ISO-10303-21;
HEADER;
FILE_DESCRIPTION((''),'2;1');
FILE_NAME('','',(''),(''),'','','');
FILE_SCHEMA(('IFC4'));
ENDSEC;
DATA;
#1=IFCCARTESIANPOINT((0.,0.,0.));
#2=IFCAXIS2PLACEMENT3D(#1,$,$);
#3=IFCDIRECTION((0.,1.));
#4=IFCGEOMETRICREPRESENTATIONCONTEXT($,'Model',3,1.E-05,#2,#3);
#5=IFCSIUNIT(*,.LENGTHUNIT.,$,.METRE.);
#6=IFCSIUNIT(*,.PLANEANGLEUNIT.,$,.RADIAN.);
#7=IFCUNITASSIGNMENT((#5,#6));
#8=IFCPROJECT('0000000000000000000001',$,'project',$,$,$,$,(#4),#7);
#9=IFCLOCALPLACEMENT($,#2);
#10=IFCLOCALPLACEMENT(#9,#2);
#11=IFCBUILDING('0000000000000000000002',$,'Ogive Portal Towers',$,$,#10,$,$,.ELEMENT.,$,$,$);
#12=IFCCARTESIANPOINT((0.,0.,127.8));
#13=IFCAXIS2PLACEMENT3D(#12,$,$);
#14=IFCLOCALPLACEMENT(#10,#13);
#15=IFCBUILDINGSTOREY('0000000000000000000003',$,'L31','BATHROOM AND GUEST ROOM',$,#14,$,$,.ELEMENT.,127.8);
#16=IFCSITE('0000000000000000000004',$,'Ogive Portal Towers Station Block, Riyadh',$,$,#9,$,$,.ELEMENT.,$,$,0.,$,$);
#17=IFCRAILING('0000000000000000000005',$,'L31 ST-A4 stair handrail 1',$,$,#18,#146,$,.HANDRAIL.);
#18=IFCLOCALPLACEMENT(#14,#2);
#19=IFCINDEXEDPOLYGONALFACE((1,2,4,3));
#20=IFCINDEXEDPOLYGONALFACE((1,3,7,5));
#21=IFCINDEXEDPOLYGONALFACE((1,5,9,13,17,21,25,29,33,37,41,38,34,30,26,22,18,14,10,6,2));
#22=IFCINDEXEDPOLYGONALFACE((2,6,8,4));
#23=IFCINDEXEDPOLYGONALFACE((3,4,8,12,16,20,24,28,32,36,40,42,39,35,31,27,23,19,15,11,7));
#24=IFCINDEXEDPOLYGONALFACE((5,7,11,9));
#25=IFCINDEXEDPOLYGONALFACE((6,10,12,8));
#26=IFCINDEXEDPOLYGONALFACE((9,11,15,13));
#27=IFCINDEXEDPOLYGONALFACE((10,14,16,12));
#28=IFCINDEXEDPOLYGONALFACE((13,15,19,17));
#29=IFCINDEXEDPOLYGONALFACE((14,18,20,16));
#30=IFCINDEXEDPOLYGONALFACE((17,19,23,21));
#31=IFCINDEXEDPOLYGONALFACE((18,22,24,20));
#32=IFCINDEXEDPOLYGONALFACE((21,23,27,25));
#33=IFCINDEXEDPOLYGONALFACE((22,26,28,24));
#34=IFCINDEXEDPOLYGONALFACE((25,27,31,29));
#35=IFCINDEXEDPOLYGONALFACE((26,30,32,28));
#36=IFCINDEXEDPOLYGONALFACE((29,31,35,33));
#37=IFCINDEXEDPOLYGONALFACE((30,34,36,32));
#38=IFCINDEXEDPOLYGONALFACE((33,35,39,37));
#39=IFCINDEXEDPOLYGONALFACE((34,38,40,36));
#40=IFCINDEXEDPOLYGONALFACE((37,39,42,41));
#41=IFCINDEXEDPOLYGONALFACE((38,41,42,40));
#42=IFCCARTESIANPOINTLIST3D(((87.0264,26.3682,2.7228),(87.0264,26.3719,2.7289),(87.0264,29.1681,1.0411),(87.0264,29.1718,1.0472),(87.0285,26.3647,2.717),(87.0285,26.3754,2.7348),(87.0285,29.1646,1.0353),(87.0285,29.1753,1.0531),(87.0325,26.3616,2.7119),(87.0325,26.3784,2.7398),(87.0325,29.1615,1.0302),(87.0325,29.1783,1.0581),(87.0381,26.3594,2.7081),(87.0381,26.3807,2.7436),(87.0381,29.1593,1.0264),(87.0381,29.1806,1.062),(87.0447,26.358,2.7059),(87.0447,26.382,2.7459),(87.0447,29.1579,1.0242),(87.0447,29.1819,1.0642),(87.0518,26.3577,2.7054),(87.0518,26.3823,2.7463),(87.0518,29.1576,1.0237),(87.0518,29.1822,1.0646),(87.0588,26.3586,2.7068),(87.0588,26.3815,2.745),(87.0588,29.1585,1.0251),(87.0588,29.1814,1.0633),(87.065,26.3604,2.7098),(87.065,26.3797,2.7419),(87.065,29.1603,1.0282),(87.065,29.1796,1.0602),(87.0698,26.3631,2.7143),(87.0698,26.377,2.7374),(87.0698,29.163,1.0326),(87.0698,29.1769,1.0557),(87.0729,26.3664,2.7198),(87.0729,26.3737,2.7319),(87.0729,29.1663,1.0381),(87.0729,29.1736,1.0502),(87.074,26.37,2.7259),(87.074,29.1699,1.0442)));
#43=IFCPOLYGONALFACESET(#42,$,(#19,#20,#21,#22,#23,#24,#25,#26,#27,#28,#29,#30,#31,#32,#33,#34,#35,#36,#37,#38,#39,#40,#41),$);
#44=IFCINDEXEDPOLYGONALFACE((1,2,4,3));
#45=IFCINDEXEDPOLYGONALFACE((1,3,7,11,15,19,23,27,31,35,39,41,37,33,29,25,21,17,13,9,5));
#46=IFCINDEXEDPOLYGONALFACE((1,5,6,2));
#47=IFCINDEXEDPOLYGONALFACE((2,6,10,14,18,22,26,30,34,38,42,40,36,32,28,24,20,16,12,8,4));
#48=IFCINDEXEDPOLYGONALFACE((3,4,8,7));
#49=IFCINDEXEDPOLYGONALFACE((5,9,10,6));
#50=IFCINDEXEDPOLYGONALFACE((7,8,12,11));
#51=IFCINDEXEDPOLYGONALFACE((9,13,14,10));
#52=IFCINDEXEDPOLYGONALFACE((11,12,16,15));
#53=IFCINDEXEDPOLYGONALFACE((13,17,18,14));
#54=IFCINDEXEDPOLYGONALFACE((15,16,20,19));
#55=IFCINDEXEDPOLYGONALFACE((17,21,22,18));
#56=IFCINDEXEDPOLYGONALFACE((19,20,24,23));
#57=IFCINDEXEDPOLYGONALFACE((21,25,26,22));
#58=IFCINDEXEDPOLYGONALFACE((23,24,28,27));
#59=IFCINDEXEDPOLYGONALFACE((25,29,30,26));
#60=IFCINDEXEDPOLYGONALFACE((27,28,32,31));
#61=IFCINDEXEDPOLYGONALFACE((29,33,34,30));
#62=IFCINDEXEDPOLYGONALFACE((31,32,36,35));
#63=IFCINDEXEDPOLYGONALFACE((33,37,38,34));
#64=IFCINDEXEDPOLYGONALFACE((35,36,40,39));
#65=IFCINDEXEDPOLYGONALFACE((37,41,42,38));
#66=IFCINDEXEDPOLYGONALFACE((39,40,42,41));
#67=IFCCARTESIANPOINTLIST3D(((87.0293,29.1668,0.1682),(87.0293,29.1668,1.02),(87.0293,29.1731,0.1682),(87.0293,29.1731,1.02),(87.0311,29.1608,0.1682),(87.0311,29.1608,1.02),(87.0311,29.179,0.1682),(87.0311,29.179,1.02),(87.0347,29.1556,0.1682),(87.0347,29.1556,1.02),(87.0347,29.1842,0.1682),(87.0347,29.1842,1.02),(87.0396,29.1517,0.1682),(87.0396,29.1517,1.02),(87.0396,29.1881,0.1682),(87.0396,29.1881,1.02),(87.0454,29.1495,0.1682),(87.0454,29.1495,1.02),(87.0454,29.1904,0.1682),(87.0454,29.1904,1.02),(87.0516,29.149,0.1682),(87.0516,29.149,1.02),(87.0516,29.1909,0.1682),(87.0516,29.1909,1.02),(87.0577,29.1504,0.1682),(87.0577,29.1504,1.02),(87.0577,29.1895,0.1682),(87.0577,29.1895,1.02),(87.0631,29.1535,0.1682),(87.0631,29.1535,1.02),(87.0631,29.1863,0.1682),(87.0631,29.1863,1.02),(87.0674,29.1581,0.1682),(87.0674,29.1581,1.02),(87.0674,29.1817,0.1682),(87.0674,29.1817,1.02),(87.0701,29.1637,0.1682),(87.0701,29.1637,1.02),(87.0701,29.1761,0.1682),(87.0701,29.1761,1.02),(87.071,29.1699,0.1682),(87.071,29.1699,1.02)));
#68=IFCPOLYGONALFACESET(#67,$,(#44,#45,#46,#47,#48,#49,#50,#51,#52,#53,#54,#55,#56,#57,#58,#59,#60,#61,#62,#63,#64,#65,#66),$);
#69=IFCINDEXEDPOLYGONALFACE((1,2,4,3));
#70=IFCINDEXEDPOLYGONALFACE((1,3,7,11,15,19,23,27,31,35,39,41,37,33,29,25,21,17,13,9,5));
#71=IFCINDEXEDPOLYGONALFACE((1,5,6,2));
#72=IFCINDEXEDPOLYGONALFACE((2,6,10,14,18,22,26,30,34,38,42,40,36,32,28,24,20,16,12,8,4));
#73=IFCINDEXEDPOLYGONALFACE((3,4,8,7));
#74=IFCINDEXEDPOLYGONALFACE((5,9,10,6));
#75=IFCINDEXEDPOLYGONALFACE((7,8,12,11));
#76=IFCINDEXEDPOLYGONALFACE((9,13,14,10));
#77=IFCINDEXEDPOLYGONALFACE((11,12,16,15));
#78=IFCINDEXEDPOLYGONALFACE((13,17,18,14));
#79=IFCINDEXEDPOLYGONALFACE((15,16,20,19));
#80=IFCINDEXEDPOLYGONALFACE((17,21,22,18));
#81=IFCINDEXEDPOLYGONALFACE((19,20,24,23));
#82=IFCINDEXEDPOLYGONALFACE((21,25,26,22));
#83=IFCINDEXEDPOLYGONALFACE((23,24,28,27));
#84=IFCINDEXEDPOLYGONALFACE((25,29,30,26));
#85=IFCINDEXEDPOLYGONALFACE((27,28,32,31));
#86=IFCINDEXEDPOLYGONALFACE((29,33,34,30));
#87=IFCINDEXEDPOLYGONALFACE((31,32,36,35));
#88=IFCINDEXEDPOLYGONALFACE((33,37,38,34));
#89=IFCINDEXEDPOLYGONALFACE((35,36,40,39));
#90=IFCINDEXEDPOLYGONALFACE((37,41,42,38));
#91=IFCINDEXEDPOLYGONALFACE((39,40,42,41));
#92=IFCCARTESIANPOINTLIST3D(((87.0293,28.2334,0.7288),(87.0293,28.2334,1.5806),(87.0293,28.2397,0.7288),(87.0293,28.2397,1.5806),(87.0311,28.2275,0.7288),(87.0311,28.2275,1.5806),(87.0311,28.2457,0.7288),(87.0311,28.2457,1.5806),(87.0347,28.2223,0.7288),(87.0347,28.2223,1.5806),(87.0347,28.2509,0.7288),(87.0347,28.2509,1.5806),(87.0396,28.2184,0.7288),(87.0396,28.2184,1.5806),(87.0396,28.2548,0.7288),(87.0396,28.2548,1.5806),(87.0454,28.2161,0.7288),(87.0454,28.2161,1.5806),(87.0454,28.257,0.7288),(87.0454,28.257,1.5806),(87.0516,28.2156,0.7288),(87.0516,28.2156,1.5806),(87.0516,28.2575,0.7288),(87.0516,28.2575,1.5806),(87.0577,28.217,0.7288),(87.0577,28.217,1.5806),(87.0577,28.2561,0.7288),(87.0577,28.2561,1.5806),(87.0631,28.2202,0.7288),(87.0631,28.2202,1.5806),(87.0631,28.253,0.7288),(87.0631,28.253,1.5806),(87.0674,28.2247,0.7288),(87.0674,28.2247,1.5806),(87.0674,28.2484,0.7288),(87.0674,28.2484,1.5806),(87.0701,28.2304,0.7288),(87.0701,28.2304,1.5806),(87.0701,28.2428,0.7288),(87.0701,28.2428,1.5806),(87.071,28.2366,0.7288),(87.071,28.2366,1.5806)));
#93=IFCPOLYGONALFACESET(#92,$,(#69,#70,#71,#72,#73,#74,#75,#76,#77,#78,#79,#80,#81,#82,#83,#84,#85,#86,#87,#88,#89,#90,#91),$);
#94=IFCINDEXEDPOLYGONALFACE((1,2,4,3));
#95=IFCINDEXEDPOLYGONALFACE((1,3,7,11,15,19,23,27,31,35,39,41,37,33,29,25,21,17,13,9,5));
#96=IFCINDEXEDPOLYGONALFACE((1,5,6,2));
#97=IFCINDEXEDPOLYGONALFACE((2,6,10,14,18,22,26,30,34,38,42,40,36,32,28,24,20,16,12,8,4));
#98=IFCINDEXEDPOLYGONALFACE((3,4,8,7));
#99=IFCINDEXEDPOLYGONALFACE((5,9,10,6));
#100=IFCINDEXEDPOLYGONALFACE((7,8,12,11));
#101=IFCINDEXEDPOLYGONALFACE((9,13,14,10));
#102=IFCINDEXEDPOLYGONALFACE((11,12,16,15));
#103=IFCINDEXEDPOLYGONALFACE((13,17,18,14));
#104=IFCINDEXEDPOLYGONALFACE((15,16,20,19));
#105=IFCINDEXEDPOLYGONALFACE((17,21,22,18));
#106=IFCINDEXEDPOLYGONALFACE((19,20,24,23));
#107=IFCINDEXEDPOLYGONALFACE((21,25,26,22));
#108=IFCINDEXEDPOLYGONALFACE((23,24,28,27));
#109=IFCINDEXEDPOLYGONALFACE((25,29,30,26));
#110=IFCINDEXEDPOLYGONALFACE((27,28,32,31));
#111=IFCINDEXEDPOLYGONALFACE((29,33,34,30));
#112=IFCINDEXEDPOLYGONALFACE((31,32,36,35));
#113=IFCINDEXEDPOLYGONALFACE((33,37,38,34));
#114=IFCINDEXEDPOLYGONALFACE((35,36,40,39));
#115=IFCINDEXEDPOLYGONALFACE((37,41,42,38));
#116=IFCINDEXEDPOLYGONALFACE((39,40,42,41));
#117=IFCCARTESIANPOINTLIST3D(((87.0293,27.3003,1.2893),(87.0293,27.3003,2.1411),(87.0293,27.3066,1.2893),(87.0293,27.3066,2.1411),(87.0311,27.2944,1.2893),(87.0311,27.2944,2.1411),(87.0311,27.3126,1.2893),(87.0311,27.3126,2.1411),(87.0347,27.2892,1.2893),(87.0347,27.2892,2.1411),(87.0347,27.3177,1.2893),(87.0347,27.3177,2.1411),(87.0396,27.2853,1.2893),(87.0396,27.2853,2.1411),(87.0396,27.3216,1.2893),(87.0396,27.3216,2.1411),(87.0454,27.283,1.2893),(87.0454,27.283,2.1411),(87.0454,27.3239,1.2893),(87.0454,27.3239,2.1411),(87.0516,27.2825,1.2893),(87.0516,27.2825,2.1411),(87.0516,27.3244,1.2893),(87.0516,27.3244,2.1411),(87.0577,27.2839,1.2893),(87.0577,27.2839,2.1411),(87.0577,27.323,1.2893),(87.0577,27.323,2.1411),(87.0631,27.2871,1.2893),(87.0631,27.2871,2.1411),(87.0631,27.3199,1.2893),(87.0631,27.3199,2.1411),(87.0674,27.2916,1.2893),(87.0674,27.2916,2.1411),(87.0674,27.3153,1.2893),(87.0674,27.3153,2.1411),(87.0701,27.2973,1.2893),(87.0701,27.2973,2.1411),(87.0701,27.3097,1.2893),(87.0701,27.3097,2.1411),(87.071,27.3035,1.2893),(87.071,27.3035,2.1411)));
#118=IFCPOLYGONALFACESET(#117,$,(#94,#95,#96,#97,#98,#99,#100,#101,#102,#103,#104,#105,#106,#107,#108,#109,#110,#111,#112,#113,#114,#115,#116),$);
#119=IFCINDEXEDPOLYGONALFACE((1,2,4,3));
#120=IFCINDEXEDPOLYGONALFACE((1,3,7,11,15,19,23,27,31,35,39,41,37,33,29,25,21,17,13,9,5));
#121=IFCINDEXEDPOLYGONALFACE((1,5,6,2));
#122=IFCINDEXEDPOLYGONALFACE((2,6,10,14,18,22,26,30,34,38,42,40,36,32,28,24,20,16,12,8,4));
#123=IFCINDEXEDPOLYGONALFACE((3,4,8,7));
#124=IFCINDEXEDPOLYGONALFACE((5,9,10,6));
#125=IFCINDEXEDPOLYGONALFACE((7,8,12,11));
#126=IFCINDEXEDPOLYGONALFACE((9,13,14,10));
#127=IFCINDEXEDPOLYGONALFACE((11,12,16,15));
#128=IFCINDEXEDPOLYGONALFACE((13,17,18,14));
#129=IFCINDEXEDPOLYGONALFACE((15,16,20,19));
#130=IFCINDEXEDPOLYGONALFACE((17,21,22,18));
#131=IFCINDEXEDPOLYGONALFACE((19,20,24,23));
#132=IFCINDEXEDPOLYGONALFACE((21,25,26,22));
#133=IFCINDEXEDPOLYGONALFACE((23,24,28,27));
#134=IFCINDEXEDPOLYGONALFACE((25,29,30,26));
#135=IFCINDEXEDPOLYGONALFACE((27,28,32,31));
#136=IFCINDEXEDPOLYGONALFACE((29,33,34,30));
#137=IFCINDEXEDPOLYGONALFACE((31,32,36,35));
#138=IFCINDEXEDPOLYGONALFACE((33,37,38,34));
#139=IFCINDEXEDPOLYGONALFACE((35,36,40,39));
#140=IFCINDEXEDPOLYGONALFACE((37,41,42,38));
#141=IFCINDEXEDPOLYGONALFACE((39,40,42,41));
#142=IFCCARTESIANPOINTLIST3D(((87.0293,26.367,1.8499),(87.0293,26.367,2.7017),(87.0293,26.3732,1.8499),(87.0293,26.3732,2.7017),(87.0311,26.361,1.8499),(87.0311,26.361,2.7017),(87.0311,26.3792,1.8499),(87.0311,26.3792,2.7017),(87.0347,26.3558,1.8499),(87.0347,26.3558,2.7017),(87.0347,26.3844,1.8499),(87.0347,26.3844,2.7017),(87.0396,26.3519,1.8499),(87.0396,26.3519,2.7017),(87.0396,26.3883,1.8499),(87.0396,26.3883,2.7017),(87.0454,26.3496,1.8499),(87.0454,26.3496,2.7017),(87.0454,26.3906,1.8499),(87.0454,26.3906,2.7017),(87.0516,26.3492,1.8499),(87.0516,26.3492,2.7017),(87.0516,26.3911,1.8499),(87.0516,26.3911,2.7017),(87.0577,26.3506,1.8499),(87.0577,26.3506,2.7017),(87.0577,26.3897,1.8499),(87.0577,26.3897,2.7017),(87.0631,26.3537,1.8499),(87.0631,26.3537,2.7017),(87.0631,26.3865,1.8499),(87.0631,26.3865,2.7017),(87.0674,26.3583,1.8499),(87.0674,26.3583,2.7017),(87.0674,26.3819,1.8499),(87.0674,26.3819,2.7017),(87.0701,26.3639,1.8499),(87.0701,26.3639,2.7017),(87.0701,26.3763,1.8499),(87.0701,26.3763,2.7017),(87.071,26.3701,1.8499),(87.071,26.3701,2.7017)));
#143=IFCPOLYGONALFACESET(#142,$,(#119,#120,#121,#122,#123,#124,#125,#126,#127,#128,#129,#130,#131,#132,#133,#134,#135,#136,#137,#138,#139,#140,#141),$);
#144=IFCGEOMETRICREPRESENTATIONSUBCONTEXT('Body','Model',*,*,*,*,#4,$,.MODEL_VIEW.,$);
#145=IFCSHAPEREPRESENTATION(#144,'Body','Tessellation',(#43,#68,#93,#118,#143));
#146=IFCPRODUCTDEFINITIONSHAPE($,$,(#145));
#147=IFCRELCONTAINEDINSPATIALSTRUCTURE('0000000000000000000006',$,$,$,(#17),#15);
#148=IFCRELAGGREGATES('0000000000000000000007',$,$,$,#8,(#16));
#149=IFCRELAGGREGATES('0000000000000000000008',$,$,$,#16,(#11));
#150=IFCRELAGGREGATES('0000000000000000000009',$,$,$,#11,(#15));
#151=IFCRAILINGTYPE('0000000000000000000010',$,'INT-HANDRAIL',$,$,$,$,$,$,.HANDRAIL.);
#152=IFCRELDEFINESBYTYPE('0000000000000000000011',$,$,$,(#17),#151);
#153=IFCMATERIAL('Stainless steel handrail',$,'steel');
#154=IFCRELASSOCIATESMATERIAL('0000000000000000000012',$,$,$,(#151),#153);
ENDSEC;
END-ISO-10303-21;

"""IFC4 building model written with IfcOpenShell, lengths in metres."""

from ifc_helpers import new_model, si_unit, direction, frame, origin, origin_2d, place, context, subcontext, project, spatial, circle, extrude, material, type_object, element, save


model = new_model("IFC4")

# Units and contexts
model_context = context("Model", 3, precision=1e-05, world=origin(), true_north=direction((0.0, 1.0)))
body_context = subcontext(model_context, "Body", "Model", "MODEL_VIEW")
ifc_project = project(units=[si_unit("LENGTHUNIT", "METRE"), si_unit("PLANEANGLEUNIT", "RADIAN")], contexts=[model_context])

# Site, building, storey
site_placement = place(None, origin())
site = spatial("IfcSite", under=ifc_project, at=site_placement, Name="Ogive Portal Towers Station Block, Riyadh", CompositionType="ELEMENT", RefElevation=0.0)
building_placement = place(site_placement, origin())
building = spatial("IfcBuilding", under=site, at=building_placement, Name="Ogive Portal Towers", CompositionType="ELEMENT")
storey_placement = place(building_placement, frame((0.0, 0.0, 127.8)))
storey = spatial("IfcBuildingStorey", under=building, at=storey_placement, Name="L31", Description="BATHROOM AND GUEST ROOM", CompositionType="ELEMENT", Elevation=127.8)

# Railing
ifc_material_1 = material(Name="Stainless steel handrail", Category="steel")
railing_type_1 = type_object("IfcRailingType", Name="INT-HANDRAIL", PredefinedType="HANDRAIL", material=ifc_material_1)
railing_1_placement = place(storey_placement, frame((87.05, 29.1699, 0.1682)))
element("IfcRailing", 1, at=railing_1_placement, inside=storey, type_object=railing_type_1, Name="L31 ST-A4 stair handrail 1", PredefinedType="HANDRAIL", context=body_context, shape_type="SweptSolid", body=[
    extrude(circle(Radius=0.0239, at=origin_2d()), frame((0.0, 0.0, 0.876), z_axis=(0.0, -0.857255, 0.514891), x_axis=(1.0, 0.0, 0.0)), (0.0, 0.0, 1.0), 3.2661),
    extrude(circle(Radius=0.021, at=origin_2d()), origin(), (0.0, 0.0, 1.0), 0.8518),
    extrude(circle(Radius=0.021, at=origin_2d()), frame((0.0, -0.9333, 0.5605)), (0.0, 0.0, 1.0), 0.8518),
    extrude(circle(Radius=0.021, at=origin_2d()), frame((0.0, -1.8665, 1.1211)), (0.0, 0.0, 1.0), 0.8518),
    extrude(circle(Radius=0.021, at=origin_2d()), frame((0.0, -2.7998, 1.6816)), (0.0, 0.0, 1.0), 0.8518),
])

save(model, "model.ifc")
